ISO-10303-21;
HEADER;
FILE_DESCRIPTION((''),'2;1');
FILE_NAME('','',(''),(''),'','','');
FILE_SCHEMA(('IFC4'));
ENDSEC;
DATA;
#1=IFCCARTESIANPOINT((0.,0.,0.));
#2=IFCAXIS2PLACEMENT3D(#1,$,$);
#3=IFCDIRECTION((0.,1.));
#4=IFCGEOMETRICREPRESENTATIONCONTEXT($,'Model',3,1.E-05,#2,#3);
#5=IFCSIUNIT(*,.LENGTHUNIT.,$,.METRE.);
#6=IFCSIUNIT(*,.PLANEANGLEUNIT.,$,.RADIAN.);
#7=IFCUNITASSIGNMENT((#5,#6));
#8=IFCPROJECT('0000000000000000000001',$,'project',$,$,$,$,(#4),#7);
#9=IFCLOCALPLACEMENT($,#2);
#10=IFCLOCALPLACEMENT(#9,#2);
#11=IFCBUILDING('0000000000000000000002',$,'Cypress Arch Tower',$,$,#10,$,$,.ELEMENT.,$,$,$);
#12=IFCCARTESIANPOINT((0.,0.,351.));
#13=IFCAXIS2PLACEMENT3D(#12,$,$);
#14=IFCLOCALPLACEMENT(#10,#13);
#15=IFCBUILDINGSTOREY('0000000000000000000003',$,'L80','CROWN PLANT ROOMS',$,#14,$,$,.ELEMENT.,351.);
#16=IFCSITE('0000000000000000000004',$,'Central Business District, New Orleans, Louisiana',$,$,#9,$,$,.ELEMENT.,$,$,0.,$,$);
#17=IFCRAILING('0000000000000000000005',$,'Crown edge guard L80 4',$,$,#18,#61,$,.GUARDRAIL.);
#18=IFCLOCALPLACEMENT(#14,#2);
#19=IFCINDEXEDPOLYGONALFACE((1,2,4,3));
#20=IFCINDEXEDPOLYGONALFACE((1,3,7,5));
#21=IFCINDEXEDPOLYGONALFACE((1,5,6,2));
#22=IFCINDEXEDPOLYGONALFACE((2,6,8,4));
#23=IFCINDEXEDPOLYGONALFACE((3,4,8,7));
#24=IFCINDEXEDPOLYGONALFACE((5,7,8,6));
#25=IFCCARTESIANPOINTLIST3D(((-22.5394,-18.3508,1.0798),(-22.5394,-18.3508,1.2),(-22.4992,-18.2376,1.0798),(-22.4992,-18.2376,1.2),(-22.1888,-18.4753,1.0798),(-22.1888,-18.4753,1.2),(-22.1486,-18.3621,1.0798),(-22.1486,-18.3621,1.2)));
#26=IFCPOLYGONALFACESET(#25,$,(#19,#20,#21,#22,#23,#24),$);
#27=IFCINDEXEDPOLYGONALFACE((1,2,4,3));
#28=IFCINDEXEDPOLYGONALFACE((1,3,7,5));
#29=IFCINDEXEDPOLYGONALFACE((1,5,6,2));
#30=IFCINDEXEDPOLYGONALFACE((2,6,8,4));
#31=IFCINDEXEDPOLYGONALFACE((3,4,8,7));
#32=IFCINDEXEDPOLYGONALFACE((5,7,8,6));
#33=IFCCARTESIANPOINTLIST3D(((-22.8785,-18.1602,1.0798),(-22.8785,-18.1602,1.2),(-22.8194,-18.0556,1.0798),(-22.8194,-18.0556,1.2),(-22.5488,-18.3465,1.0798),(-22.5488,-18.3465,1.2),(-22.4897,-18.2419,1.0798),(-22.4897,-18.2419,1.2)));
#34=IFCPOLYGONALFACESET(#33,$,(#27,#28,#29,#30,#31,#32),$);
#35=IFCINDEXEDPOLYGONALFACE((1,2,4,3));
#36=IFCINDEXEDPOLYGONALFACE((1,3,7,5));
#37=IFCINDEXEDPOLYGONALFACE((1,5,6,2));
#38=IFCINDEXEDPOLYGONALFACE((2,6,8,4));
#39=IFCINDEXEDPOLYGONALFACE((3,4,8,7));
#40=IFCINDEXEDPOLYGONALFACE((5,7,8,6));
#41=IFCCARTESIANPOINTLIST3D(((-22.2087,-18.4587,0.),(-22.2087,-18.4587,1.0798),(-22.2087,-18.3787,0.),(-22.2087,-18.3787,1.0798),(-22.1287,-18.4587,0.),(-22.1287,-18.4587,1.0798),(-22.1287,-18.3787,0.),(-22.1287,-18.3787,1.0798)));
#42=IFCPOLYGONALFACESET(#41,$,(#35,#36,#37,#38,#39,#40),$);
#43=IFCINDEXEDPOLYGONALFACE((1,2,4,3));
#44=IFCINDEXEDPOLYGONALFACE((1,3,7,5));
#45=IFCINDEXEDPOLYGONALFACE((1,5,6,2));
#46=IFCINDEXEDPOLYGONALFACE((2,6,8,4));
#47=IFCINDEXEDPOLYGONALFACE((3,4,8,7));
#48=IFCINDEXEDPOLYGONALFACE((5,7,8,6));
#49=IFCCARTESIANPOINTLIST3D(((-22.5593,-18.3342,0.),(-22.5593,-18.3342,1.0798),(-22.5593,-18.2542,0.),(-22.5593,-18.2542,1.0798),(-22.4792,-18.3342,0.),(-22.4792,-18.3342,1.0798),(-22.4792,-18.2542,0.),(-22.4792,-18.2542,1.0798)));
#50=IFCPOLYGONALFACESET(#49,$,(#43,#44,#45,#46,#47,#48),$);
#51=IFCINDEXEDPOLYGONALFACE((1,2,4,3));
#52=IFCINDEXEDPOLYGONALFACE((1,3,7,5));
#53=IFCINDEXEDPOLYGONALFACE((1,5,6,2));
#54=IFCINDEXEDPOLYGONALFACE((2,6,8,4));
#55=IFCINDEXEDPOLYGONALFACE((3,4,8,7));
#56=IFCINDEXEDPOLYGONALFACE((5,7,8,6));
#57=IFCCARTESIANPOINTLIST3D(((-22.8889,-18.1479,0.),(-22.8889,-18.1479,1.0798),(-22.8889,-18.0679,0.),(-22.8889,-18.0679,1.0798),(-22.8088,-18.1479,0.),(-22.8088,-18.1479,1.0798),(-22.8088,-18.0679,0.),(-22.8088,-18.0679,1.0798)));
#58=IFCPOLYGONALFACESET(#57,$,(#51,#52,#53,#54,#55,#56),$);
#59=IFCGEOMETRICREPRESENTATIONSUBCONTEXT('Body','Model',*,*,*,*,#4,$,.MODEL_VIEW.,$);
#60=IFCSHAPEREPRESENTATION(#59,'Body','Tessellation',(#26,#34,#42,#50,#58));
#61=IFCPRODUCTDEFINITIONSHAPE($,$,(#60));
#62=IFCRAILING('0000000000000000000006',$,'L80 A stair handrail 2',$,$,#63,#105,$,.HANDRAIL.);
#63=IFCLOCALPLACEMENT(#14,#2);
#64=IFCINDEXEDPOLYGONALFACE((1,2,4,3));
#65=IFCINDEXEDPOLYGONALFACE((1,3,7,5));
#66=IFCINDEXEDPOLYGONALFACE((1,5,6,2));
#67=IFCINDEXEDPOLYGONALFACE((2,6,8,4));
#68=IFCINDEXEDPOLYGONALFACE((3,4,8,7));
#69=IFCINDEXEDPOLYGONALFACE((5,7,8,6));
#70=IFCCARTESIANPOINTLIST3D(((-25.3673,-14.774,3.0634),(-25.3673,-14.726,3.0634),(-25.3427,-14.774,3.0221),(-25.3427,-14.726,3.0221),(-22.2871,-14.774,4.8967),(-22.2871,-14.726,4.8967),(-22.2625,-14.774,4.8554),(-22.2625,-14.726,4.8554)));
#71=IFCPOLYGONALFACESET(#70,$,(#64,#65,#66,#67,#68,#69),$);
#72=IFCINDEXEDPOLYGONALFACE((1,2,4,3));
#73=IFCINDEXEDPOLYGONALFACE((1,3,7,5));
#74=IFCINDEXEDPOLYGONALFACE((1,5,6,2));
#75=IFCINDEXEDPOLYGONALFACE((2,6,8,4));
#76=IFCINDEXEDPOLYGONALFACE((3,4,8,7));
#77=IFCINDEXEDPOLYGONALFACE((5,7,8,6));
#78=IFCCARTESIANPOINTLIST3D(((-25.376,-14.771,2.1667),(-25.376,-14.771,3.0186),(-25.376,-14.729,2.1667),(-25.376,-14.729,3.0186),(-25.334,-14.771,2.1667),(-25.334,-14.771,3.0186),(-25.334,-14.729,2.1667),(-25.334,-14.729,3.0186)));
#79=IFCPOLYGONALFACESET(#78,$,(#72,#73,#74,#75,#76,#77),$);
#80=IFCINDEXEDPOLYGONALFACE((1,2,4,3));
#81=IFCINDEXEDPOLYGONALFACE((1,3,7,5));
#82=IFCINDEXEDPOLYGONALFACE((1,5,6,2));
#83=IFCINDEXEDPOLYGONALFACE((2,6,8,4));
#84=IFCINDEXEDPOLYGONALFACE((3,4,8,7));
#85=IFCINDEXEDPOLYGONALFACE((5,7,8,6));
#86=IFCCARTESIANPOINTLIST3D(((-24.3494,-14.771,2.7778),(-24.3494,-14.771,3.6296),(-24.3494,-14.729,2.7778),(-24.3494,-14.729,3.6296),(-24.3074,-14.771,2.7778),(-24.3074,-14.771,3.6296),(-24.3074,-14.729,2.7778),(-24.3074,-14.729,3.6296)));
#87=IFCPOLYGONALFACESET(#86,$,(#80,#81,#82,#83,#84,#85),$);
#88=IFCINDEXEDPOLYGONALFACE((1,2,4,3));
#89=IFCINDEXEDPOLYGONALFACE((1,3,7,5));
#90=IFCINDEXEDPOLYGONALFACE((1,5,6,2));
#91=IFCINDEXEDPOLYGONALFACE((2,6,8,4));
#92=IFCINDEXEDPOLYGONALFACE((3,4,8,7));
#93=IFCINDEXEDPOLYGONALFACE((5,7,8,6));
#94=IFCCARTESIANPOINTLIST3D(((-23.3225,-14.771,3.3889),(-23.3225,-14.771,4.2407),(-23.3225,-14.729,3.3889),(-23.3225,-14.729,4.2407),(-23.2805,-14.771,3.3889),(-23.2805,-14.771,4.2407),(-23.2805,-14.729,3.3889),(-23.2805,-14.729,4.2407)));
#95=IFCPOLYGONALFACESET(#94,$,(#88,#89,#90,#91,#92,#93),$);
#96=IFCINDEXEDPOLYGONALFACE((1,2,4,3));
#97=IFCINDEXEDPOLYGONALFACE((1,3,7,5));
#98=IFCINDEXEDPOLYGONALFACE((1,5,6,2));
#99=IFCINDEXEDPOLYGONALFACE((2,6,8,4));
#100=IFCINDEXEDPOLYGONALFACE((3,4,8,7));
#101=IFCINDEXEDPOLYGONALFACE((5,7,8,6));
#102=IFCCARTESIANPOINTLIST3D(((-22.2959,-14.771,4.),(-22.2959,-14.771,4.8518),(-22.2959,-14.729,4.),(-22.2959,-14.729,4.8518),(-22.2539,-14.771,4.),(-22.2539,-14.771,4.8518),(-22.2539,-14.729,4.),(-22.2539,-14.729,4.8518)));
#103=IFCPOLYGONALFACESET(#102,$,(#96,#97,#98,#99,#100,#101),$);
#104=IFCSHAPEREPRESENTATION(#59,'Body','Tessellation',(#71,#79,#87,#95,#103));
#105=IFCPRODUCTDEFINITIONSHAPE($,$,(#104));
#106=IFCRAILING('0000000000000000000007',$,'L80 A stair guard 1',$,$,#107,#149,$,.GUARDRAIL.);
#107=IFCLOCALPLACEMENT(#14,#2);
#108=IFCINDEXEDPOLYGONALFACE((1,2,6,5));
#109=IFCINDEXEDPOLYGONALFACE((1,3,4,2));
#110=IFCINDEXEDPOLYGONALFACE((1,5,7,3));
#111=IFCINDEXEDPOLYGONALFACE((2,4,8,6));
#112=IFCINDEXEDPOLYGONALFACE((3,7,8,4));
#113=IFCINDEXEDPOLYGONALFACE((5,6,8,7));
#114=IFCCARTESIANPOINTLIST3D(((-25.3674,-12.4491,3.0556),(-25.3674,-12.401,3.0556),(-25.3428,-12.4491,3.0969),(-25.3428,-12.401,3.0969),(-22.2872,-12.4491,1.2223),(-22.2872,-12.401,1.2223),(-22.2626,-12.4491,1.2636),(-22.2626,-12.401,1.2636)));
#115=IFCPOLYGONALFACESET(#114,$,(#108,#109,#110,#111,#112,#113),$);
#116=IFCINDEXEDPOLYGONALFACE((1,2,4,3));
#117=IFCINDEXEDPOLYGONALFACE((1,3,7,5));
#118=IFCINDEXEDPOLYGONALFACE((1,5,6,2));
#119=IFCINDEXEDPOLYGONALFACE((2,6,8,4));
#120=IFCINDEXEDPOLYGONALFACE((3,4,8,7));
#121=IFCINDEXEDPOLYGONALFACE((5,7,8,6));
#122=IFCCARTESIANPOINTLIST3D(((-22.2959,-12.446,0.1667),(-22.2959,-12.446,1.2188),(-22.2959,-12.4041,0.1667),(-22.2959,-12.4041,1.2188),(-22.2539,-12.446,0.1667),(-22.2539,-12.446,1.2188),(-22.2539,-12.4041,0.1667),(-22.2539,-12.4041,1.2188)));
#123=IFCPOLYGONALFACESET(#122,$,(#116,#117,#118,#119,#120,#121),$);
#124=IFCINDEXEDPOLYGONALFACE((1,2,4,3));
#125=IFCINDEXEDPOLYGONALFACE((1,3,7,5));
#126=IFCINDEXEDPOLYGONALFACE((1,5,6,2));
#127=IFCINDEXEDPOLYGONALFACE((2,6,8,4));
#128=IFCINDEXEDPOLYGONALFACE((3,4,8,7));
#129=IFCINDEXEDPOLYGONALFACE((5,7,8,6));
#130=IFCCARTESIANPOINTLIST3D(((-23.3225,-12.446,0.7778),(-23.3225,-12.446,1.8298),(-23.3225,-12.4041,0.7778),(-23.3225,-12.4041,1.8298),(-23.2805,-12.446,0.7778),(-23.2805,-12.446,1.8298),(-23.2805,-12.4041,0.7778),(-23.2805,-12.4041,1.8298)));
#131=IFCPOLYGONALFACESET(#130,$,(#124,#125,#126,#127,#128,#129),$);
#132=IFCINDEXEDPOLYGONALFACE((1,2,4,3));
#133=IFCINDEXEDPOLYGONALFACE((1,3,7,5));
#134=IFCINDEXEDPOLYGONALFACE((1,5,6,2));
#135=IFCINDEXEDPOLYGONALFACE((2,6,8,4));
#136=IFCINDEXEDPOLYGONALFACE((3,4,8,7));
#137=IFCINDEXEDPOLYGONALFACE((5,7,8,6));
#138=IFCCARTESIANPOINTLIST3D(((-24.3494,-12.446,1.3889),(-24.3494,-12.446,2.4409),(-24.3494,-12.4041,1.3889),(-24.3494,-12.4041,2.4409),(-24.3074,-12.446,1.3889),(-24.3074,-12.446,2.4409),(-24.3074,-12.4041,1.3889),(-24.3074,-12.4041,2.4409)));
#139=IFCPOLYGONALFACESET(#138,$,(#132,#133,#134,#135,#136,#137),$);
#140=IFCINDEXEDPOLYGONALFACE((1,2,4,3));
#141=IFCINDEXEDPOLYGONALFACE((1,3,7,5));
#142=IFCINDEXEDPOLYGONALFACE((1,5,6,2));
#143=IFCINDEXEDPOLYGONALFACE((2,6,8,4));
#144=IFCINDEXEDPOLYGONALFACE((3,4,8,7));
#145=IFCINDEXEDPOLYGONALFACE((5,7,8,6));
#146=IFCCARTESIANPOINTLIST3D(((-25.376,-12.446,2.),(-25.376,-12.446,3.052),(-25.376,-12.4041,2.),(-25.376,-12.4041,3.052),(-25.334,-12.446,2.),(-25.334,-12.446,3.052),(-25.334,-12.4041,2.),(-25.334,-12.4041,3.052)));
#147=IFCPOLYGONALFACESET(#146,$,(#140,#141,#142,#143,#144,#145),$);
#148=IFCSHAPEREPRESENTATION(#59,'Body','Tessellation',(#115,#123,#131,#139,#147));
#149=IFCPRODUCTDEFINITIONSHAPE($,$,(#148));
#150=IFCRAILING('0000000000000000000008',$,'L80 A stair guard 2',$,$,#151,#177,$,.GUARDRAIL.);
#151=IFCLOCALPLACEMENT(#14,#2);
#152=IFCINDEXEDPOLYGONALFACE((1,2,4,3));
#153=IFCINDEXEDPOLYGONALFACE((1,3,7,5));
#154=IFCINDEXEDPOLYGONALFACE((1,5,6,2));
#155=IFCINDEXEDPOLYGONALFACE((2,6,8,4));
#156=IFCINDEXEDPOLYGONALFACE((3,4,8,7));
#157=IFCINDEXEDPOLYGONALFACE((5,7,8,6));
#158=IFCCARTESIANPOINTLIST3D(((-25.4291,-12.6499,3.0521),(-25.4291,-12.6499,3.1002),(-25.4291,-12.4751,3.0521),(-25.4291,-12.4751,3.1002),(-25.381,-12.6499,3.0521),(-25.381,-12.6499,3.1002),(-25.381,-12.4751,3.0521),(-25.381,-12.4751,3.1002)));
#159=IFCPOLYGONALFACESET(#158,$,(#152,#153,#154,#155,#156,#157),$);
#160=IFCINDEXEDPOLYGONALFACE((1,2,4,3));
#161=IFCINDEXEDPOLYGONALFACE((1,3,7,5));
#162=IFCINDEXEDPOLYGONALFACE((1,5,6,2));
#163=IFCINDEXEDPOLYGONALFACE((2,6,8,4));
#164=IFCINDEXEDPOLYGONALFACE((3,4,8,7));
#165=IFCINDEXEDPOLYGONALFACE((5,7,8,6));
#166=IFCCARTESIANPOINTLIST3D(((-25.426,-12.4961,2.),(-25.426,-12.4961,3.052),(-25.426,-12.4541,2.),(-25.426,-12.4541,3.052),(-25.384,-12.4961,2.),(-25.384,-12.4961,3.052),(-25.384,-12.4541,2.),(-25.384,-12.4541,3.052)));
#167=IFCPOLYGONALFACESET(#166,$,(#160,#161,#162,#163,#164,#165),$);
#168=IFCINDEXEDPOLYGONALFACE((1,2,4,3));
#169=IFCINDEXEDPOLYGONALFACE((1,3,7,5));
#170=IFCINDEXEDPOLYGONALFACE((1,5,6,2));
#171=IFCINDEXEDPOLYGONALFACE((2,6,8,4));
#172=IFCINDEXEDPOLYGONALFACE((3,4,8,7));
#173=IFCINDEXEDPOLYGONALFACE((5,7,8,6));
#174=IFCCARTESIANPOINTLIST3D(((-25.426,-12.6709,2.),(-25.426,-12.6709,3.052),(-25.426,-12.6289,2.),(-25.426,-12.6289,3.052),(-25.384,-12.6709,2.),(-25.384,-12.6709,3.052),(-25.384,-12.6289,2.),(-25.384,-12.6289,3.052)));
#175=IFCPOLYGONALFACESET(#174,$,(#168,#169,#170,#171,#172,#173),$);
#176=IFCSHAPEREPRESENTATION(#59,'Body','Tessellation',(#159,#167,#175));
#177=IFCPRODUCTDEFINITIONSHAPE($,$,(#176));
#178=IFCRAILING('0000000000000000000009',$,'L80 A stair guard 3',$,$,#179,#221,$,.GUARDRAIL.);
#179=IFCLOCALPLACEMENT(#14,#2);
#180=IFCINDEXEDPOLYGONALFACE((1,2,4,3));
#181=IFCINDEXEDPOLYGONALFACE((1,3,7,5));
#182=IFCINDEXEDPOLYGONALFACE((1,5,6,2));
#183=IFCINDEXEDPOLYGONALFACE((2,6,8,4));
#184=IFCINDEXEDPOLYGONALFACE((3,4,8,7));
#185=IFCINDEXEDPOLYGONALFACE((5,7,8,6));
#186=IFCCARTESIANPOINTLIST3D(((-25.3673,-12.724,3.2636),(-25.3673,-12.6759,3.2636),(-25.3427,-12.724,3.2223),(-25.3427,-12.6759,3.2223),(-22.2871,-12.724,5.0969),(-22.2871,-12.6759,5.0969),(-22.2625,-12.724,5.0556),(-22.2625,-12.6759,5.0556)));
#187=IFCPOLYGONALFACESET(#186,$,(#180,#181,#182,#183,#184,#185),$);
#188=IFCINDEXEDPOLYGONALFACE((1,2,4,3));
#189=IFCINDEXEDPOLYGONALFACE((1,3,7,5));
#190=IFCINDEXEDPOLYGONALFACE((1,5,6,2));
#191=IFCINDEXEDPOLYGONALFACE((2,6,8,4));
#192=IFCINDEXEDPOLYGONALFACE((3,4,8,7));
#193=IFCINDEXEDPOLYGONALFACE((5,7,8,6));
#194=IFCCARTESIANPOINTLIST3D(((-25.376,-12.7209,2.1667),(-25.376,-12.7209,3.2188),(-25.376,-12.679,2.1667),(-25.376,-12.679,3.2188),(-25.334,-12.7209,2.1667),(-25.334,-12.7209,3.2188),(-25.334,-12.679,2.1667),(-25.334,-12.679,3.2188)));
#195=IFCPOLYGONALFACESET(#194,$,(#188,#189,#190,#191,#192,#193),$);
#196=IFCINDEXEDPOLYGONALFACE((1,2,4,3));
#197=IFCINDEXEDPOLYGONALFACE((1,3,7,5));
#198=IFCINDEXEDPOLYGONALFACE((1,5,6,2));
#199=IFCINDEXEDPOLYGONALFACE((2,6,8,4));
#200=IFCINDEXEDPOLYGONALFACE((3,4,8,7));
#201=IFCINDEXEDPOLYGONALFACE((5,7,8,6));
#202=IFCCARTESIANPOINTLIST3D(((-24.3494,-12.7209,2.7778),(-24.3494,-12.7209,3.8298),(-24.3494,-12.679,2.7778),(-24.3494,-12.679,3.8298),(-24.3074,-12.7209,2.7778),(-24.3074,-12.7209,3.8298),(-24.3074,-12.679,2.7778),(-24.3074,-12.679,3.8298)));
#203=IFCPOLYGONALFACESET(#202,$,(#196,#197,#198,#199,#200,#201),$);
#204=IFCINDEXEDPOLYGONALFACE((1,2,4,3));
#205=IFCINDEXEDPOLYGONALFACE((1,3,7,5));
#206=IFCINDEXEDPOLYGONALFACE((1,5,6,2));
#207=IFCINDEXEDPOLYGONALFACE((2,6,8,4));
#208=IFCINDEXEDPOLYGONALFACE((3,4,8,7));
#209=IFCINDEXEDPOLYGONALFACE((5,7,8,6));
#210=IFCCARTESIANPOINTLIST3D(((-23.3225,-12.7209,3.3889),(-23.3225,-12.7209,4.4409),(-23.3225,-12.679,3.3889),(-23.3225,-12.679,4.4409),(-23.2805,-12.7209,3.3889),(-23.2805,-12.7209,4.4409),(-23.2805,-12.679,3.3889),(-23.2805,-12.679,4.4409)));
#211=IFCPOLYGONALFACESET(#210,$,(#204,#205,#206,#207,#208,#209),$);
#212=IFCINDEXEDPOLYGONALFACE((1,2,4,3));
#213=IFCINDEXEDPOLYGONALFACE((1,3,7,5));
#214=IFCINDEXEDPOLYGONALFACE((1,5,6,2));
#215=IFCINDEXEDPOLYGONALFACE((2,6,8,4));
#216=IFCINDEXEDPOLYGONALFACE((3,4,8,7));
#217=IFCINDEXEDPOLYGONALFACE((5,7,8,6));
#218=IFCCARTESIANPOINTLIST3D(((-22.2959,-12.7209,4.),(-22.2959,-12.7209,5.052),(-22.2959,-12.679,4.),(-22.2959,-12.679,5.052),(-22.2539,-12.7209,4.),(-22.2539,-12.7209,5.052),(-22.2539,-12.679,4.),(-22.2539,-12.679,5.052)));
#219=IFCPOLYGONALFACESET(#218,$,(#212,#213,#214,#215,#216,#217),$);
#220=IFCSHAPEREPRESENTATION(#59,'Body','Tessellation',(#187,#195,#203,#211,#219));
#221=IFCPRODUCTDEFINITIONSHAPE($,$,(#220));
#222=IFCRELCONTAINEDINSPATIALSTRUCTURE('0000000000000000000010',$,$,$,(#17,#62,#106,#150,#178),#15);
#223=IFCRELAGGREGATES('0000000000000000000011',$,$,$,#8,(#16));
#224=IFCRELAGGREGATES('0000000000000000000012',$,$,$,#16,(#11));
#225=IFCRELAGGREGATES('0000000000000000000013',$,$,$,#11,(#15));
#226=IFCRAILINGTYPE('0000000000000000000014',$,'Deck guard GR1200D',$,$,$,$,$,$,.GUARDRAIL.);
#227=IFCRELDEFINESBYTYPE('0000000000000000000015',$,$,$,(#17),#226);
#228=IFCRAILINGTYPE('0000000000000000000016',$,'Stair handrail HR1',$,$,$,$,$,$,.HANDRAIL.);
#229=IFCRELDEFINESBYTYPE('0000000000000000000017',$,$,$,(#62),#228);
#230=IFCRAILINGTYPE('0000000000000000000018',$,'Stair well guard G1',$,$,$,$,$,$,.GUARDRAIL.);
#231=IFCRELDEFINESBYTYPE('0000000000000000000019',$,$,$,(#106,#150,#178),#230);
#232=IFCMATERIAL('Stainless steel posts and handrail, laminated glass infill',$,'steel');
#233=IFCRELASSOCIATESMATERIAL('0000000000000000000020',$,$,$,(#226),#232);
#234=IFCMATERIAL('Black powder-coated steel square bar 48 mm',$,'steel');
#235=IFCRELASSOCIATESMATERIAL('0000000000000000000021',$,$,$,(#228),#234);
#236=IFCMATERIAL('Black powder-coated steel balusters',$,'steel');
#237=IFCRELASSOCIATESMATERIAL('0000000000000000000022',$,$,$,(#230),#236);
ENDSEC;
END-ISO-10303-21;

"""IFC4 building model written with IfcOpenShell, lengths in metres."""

from ifc_helpers import new_model, si_unit, direction, frame, origin, origin_2d, place, context, subcontext, project, spatial, rectangle, extrude, material, type_object, element, save


model = new_model("IFC4")

# Units and contexts
model_context = context("Model", 3, precision=1e-05, world=origin(), true_north=direction((0.0, 1.0)))
body_context = subcontext(model_context, "Body", "Model", "MODEL_VIEW")
ifc_project = project(units=[si_unit("LENGTHUNIT", "METRE"), si_unit("PLANEANGLEUNIT", "RADIAN")], contexts=[model_context])

# Site, building, storey
site_placement = place(None, origin())
site = spatial("IfcSite", under=ifc_project, at=site_placement, Name="Central Business District, New Orleans, Louisiana", CompositionType="ELEMENT", RefElevation=0.0)
building_placement = place(site_placement, origin())
building = spatial("IfcBuilding", under=site, at=building_placement, Name="Cypress Arch Tower", CompositionType="ELEMENT")
storey_placement = place(building_placement, frame((0.0, 0.0, 351.0)))
storey = spatial("IfcBuildingStorey", under=building, at=storey_placement, Name="L80", Description="CROWN PLANT ROOMS", CompositionType="ELEMENT", Elevation=351.0)

# Railings
ifc_material_1 = material(Name="Stainless steel posts and handrail, laminated glass infill", Category="steel")
railing_type_1 = type_object("IfcRailingType", Name="Deck guard GR1200D", PredefinedType="GUARDRAIL", material=ifc_material_1)
railing_1_placement = place(storey_placement, frame((-22.1687, -18.4187, 0.0)))
element("IfcRailing", 1, at=railing_1_placement, inside=storey, type_object=railing_type_1, Name="Crown edge guard L80 4", PredefinedType="GUARDRAIL", context=body_context, shape_type="SweptSolid", body=[
    extrude(rectangle(XDim=0.1201, YDim=0.1201, at=origin_2d()), frame((0.0, 0.0, 1.1399), z_axis=(-0.942334, 0.334673, 0.0), x_axis=(-0.334673, -0.942334, 0.0)), (0.0, 0.0, 1.0), 0.3721),
    extrude(rectangle(XDim=0.1201, YDim=0.1201, at=origin_2d()), frame((-0.3506, 0.1245, 1.1399), z_axis=(-0.870575, 0.492036, 0.0), x_axis=(-0.492036, -0.870575, 0.0)), (0.0, 0.0, 1.0), 0.3787),
    extrude(rectangle(XDim=0.0801, YDim=0.0801, at=origin_2d()), origin(), (0.0, 0.0, 1.0), 1.0798),
    extrude(rectangle(XDim=0.0801, YDim=0.0801, at=origin_2d()), frame((-0.3506, 0.1245, 0.0)), (0.0, 0.0, 1.0), 1.0798),
    extrude(rectangle(XDim=0.0801, YDim=0.0801, at=origin_2d()), frame((-0.6802, 0.3108, 0.0)), (0.0, 0.0, 1.0), 1.0798),
])
ifc_material_2 = material(Name="Black powder-coated steel square bar 48 mm", Category="steel")
railing_type_2 = type_object("IfcRailingType", Name="Stair handrail HR1", PredefinedType="HANDRAIL", material=ifc_material_2)
railing_2_placement = place(storey_placement, frame((-25.355, -14.75, 2.1667)))
element("IfcRailing", 2, at=railing_2_placement, inside=storey, type_object=railing_type_2, Name="L80 A stair handrail 2", PredefinedType="HANDRAIL", context=body_context, shape_type="SweptSolid", body=[
    extrude(rectangle(XDim=0.0481, YDim=0.0481, at=origin_2d()), frame((0.0, 0.0, 0.876), z_axis=(0.859309, 0.0, 0.511458), x_axis=(0.0, 1.0, 0.0)), (0.0, 0.0, 1.0), 3.5845),
    extrude(rectangle(XDim=0.042, YDim=0.042, at=origin_2d()), origin(), (0.0, 0.0, 1.0), 0.8518),
    extrude(rectangle(XDim=0.042, YDim=0.042, at=origin_2d()), frame((1.0266, 0.0, 0.6111)), (0.0, 0.0, 1.0), 0.8518),
    extrude(rectangle(XDim=0.042, YDim=0.042, at=origin_2d()), frame((2.0535, 0.0, 1.2222)), (0.0, 0.0, 1.0), 0.8518),
    extrude(rectangle(XDim=0.042, YDim=0.042, at=origin_2d()), frame((3.0801, 0.0, 1.8333)), (0.0, 0.0, 1.0), 0.8518),
])
ifc_material_3 = material(Name="Black powder-coated steel balusters", Category="steel")
railing_type_3 = type_object("IfcRailingType", Name="Stair well guard G1", PredefinedType="GUARDRAIL", material=ifc_material_3)
railing_3_placement = place(storey_placement, frame((-22.2749, -12.425, 0.1667)))
element("IfcRailing", 3, at=railing_3_placement, inside=storey, type_object=railing_type_3, Name="L80 A stair guard 1", PredefinedType="GUARDRAIL", context=body_context, shape_type="SweptSolid", body=[
    extrude(rectangle(XDim=0.0481, YDim=0.0481, at=origin_2d()), frame((0.0, 0.0, 1.0762), z_axis=(-0.859309, 0.0, 0.511458), x_axis=(0.0, -1.0, 0.0)), (0.0, 0.0, 1.0), 3.5845),
    extrude(rectangle(XDim=0.042, YDim=0.042, at=origin_2d()), origin(), (0.0, 0.0, 1.0), 1.052),
    extrude(rectangle(XDim=0.042, YDim=0.042, at=origin_2d()), frame((-1.0266, 0.0, 0.6111)), (0.0, 0.0, 1.0), 1.052),
    extrude(rectangle(XDim=0.042, YDim=0.042, at=origin_2d()), frame((-2.0535, 0.0, 1.2222)), (0.0, 0.0, 1.0), 1.052),
    extrude(rectangle(XDim=0.042, YDim=0.042, at=origin_2d()), frame((-3.0801, 0.0, 1.8333)), (0.0, 0.0, 1.0), 1.052),
])
railing_4_placement = place(storey_placement, frame((-25.405, -12.4751, 2.0)))
element("IfcRailing", 4, at=railing_4_placement, inside=storey, type_object=railing_type_3, Name="L80 A stair guard 2", PredefinedType="GUARDRAIL", context=body_context, shape_type="SweptSolid", body=[
    extrude(rectangle(XDim=0.0481, YDim=0.0481, at=origin_2d()), frame((0.0, 0.0, 1.0762), z_axis=(0.0, -1.0, 0.0), x_axis=(1.0, 0.0, 0.0)), (0.0, 0.0, 1.0), 0.1748),
    extrude(rectangle(XDim=0.042, YDim=0.042, at=origin_2d()), origin(), (0.0, 0.0, 1.0), 1.052),
    extrude(rectangle(XDim=0.042, YDim=0.042, at=origin_2d()), frame((0.0, -0.1748, 0.0)), (0.0, 0.0, 1.0), 1.052),
])
railing_5_placement = place(storey_placement, frame((-25.355, -12.7, 2.1667)))
element("IfcRailing", 5, at=railing_5_placement, inside=storey, type_object=railing_type_3, Name="L80 A stair guard 3", PredefinedType="GUARDRAIL", context=body_context, shape_type="SweptSolid", body=[
    extrude(rectangle(XDim=0.0481, YDim=0.0481, at=origin_2d()), frame((0.0, 0.0, 1.0762), z_axis=(0.859309, 0.0, 0.511458), x_axis=(0.0, 1.0, 0.0)), (0.0, 0.0, 1.0), 3.5845),
    extrude(rectangle(XDim=0.042, YDim=0.042, at=origin_2d()), origin(), (0.0, 0.0, 1.0), 1.052),
    extrude(rectangle(XDim=0.042, YDim=0.042, at=origin_2d()), frame((1.0266, 0.0, 0.6111)), (0.0, 0.0, 1.0), 1.052),
    extrude(rectangle(XDim=0.042, YDim=0.042, at=origin_2d()), frame((2.0535, 0.0, 1.2222)), (0.0, 0.0, 1.0), 1.052),
    extrude(rectangle(XDim=0.042, YDim=0.042, at=origin_2d()), frame((3.0801, 0.0, 1.8333)), (0.0, 0.0, 1.0), 1.052),
])

save(model, "model.ifc")
